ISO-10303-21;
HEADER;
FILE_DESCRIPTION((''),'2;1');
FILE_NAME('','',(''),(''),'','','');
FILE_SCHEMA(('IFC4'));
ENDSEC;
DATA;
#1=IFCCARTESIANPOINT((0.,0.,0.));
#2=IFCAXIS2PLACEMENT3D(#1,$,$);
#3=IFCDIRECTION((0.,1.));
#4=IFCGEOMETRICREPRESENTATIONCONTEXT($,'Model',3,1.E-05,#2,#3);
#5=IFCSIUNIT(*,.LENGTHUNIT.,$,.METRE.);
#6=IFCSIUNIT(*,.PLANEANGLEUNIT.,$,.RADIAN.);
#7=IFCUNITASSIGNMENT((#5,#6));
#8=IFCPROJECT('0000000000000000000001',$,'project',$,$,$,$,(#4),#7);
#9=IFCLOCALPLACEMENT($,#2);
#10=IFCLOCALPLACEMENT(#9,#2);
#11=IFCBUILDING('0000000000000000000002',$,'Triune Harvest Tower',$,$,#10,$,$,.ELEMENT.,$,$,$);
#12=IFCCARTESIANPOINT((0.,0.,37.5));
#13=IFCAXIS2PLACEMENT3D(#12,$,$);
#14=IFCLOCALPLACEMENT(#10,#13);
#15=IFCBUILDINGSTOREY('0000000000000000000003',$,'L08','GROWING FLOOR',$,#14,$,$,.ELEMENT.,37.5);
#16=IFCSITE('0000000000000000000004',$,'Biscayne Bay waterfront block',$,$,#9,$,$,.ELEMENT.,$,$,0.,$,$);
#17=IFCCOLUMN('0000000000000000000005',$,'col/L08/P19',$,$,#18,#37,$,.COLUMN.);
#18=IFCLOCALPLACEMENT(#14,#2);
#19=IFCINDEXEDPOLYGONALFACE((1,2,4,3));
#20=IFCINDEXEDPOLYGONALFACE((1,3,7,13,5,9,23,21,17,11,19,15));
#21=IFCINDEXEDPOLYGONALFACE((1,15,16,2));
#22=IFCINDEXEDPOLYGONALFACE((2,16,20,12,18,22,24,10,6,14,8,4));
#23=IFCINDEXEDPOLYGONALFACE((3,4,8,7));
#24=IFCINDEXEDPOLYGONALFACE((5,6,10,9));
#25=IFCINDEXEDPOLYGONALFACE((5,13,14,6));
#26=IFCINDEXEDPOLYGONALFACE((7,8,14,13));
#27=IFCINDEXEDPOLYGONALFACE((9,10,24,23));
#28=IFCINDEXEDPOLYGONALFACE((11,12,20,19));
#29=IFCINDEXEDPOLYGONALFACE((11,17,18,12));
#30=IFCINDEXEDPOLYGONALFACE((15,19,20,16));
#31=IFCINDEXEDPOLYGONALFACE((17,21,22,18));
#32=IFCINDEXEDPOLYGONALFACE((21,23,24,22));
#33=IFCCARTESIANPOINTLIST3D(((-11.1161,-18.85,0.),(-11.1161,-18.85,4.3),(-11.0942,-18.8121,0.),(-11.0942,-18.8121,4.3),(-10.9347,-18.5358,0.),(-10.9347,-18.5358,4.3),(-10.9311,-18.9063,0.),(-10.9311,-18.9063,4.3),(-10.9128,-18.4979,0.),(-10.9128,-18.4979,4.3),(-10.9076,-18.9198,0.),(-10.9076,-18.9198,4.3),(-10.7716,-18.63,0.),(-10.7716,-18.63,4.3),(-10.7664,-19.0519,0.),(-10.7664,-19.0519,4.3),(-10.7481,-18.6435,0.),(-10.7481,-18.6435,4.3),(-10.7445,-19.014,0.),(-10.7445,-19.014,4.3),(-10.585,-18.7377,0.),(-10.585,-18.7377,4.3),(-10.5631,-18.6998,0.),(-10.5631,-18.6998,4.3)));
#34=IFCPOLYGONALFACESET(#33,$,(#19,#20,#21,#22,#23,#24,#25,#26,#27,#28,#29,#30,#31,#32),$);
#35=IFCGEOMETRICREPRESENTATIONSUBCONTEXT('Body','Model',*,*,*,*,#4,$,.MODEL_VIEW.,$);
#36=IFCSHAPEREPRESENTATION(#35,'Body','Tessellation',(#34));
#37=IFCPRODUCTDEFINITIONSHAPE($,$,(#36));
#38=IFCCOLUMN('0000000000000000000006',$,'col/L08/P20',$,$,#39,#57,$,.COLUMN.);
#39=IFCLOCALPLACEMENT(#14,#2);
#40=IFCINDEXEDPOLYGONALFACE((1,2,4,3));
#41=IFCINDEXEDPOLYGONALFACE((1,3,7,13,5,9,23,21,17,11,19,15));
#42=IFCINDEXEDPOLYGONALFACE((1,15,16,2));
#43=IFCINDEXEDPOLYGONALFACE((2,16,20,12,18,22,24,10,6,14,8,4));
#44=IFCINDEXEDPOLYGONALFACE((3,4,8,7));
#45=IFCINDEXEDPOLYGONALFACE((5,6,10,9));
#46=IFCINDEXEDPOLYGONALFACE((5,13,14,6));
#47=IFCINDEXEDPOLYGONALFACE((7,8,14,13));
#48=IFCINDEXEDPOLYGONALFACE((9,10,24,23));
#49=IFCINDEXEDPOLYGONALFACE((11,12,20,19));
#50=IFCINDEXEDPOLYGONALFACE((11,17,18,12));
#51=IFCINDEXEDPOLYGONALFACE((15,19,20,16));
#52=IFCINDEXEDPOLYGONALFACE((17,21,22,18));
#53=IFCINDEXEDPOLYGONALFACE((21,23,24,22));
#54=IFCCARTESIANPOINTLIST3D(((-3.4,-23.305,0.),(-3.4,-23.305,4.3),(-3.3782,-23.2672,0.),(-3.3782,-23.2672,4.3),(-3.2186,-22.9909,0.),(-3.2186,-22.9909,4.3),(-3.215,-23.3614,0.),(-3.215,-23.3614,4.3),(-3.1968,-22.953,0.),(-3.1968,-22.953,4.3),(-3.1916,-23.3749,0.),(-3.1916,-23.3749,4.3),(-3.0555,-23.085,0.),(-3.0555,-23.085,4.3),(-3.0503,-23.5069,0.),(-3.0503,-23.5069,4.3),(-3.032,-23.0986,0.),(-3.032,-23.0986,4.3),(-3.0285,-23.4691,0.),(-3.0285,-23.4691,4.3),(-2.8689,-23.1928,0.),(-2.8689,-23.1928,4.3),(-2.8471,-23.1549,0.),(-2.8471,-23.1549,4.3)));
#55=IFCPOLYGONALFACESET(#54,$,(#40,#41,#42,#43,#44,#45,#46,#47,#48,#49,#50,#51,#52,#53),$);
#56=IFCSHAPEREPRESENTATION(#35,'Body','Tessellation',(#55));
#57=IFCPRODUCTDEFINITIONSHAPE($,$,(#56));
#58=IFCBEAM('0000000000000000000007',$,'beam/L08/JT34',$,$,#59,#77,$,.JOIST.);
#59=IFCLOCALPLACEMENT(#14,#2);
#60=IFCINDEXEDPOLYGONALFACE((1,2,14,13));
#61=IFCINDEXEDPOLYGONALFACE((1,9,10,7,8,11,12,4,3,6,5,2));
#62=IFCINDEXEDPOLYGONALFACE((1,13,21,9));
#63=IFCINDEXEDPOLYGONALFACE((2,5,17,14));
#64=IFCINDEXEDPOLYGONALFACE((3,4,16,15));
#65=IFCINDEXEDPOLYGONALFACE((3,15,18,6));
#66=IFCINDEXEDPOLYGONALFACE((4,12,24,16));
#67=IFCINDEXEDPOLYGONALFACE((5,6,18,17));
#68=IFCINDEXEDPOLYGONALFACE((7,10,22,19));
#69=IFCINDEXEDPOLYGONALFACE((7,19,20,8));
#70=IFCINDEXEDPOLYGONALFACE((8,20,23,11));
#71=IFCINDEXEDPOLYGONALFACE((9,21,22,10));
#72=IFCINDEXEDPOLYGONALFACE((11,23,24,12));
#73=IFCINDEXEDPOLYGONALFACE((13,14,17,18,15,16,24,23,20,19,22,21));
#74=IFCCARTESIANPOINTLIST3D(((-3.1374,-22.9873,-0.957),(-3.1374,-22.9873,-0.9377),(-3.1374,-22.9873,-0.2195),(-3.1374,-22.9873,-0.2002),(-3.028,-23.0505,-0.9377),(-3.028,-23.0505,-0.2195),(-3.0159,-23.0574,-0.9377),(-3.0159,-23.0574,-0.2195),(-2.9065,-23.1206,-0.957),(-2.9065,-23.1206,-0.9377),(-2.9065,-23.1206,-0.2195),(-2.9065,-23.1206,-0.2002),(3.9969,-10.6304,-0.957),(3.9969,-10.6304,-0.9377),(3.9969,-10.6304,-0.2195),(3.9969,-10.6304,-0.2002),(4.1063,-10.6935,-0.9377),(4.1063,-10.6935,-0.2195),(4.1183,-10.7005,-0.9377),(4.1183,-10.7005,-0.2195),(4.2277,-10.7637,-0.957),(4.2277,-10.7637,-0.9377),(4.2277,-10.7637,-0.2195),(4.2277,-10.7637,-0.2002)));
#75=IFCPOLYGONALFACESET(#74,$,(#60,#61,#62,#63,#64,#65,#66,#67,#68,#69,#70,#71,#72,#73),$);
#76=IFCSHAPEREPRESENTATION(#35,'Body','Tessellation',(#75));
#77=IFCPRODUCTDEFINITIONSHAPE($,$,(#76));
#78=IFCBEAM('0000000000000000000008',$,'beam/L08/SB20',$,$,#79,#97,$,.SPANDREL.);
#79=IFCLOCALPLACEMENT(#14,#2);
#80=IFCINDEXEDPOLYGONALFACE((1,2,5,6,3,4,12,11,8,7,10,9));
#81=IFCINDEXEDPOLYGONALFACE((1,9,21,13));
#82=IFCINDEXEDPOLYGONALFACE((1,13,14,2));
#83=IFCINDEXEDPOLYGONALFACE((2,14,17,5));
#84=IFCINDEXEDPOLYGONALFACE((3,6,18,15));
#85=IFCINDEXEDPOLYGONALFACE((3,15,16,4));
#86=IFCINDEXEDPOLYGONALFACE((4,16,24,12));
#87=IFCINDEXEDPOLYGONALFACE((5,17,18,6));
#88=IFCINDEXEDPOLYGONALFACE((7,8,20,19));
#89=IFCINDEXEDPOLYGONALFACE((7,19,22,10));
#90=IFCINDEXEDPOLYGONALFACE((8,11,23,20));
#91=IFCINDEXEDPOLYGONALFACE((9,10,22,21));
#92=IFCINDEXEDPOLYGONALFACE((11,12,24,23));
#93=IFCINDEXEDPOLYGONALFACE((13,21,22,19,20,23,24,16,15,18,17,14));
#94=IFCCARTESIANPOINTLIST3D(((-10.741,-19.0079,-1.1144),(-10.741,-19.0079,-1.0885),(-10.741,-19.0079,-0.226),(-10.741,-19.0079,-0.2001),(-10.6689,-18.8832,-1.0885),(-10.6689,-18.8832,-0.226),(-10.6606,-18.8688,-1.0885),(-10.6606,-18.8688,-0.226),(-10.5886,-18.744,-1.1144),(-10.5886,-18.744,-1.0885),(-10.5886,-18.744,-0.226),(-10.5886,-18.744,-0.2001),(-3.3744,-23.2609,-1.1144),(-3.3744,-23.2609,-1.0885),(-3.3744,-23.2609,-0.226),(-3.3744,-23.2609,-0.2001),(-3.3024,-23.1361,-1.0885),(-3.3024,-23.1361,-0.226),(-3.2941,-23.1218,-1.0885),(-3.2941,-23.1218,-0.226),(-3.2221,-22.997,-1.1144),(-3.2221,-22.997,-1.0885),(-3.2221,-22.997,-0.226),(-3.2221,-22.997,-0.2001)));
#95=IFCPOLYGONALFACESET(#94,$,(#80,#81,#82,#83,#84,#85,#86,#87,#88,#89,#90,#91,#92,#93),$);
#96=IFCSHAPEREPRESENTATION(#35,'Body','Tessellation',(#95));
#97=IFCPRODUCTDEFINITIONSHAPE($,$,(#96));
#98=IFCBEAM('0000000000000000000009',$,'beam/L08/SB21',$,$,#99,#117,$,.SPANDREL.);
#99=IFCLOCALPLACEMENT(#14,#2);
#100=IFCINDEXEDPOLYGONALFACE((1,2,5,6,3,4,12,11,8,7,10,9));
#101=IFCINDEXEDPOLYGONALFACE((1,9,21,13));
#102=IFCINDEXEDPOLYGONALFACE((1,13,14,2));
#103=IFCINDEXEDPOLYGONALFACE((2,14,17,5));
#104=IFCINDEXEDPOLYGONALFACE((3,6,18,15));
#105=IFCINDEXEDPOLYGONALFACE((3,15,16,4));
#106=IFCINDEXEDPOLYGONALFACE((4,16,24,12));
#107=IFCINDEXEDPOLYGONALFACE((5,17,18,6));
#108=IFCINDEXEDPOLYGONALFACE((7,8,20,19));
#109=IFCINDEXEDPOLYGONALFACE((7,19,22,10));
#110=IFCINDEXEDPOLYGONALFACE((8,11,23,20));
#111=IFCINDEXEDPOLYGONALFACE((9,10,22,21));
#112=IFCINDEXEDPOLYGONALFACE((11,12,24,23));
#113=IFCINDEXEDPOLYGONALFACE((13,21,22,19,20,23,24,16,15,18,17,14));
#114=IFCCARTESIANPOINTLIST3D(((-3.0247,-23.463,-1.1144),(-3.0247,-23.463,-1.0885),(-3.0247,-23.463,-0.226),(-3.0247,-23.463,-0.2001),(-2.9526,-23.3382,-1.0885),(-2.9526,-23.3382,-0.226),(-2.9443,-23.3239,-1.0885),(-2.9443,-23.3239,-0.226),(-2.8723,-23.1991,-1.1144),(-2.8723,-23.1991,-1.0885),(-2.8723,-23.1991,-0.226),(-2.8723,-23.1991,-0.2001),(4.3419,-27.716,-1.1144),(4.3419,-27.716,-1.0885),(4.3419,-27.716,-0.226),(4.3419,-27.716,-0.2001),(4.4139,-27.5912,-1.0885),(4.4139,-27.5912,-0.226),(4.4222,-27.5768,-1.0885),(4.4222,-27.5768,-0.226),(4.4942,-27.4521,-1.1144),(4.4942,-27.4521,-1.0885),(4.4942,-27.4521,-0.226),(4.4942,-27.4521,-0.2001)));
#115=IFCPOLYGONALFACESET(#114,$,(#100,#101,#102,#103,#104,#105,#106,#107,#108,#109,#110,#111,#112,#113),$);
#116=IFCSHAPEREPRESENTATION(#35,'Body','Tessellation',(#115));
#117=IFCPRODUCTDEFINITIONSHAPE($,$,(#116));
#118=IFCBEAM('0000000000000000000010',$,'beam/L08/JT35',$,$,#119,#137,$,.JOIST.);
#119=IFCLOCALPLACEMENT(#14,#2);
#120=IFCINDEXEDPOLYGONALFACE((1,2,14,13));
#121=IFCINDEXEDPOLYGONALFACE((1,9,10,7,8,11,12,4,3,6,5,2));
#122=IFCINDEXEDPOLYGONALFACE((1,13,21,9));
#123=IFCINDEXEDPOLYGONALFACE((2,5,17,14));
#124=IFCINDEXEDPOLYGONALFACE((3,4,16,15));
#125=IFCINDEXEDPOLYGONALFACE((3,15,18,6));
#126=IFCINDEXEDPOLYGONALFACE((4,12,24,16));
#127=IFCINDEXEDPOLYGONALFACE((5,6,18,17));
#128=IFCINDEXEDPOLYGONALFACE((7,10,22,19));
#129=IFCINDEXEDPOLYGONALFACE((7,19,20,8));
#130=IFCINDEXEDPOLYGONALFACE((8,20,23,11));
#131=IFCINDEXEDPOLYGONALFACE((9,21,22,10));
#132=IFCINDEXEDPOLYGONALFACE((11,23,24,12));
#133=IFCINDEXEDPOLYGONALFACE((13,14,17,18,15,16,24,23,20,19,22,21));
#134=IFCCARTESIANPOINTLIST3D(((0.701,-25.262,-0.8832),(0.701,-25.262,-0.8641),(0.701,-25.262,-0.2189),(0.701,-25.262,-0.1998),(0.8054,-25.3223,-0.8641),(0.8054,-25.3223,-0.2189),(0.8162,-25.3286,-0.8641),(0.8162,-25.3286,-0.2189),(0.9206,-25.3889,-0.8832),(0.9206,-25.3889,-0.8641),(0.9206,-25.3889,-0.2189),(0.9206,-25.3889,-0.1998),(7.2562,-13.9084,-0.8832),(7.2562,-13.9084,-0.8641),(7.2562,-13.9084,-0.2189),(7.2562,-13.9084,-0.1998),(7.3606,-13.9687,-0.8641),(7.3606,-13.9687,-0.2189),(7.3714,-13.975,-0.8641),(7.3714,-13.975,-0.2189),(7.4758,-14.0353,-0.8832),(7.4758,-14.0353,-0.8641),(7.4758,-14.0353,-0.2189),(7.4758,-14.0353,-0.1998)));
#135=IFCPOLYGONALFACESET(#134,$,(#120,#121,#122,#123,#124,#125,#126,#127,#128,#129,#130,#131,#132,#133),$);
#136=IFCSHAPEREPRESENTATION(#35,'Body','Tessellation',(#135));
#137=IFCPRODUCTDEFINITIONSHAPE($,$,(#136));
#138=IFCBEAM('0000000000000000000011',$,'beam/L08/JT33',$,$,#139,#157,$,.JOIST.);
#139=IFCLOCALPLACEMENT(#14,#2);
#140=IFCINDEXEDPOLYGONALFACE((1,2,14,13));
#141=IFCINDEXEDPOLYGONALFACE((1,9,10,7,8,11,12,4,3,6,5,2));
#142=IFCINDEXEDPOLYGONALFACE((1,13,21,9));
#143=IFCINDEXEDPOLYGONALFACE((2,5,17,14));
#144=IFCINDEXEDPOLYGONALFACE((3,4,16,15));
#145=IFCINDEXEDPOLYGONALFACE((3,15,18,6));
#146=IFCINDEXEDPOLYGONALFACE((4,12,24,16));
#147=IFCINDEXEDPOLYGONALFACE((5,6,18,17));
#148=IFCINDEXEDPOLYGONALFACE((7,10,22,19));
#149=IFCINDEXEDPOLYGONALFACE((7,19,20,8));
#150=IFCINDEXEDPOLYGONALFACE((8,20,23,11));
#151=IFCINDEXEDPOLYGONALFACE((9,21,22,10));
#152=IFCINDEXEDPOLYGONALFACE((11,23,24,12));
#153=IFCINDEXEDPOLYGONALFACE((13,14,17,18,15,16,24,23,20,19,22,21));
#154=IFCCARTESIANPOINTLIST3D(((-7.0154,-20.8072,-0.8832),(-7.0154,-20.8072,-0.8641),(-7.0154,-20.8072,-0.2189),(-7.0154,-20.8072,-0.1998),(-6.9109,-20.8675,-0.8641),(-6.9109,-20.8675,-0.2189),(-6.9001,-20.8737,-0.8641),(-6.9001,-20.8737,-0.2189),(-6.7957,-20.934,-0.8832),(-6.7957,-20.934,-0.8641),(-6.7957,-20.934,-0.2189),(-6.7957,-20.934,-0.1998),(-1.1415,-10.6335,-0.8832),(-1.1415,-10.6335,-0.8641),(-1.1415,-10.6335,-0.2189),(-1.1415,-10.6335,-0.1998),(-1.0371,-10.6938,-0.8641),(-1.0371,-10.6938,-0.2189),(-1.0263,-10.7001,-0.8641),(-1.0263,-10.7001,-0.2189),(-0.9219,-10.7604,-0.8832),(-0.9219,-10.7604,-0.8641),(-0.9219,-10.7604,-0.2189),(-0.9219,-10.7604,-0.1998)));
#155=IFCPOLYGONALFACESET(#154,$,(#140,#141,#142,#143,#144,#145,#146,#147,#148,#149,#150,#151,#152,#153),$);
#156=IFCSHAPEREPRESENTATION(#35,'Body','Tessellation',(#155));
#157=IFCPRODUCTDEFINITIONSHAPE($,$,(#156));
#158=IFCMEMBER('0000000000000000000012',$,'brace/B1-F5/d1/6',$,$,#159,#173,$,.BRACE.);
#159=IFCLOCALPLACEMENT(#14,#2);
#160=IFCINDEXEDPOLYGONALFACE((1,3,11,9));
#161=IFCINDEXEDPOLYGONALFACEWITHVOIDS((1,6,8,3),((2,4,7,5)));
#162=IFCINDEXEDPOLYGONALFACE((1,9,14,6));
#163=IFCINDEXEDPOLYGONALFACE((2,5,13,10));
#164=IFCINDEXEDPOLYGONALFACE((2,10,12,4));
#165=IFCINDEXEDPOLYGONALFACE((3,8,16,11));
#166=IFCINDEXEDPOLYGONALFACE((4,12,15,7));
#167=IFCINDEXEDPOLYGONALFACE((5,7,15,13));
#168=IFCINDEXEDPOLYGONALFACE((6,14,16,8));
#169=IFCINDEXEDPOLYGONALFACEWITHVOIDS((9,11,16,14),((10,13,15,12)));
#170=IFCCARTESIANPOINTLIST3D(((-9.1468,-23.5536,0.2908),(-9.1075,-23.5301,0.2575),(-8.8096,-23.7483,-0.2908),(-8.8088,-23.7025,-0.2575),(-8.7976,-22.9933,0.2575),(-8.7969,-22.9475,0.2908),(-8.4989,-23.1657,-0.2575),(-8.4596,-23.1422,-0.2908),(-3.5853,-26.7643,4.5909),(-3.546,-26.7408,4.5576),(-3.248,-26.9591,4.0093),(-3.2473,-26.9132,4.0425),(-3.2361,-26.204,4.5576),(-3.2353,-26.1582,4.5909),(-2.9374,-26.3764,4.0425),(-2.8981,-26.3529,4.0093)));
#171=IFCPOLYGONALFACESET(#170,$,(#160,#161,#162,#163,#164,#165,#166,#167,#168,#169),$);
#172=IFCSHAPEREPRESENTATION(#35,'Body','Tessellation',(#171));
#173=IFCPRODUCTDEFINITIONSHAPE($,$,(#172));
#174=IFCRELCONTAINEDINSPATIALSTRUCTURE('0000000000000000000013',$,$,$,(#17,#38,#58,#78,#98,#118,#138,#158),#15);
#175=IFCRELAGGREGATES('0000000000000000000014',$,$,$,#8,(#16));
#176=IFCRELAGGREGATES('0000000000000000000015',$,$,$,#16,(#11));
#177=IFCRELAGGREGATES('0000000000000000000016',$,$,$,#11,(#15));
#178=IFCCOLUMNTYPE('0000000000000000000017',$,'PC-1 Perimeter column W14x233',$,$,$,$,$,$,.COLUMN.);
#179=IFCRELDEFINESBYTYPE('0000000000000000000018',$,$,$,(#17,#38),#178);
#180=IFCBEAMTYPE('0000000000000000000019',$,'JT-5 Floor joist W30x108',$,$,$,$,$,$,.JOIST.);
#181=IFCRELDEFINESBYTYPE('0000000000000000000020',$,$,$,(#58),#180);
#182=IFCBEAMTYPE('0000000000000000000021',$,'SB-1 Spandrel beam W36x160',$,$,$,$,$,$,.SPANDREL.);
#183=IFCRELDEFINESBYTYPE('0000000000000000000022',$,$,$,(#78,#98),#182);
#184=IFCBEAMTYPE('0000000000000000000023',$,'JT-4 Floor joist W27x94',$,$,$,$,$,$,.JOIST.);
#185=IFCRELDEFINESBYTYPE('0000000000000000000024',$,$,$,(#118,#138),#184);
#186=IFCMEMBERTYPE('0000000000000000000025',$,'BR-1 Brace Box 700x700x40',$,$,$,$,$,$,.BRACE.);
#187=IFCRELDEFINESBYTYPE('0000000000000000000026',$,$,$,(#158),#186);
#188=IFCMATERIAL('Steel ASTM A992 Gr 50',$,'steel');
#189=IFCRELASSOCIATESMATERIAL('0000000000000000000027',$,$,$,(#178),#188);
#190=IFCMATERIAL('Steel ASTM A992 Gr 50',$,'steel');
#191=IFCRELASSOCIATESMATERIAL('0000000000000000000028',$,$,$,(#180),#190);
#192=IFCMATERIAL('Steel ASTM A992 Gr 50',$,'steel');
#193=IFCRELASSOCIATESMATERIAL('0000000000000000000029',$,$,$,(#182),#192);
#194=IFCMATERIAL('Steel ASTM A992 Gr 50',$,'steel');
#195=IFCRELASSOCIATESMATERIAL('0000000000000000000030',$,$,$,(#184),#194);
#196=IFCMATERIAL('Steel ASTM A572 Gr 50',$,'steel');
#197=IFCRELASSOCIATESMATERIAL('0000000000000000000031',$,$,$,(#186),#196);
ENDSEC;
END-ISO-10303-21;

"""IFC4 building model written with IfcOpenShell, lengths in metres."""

from ifc_helpers import new_model, si_unit, direction, frame, origin, origin_2d, place, context, subcontext, project, spatial, hollow_rectangle, i_section, extrude, source, transform, mapped, material, material_profile, profile_set, type_object, element, save


model = new_model("IFC4")

# Units and contexts
model_context = context("Model", 3, precision=1e-05, world=origin(), true_north=direction((0.0, 1.0)))
body_context = subcontext(model_context, "Body", "Model", "MODEL_VIEW")
ifc_project = project(units=[si_unit("LENGTHUNIT", "METRE"), si_unit("PLANEANGLEUNIT", "RADIAN")], contexts=[model_context])

# Site, building, storey
site_placement = place(None, origin())
site = spatial("IfcSite", under=ifc_project, at=site_placement, Name="Biscayne Bay waterfront block", CompositionType="ELEMENT", RefElevation=0.0)
building_placement = place(site_placement, origin())
building = spatial("IfcBuilding", under=site, at=building_placement, Name="Triune Harvest Tower", CompositionType="ELEMENT")
storey_placement = place(building_placement, frame((0.0, 0.0, 37.5)))
storey = spatial("IfcBuildingStorey", under=building, at=storey_placement, Name="L08", Description="GROWING FLOOR", CompositionType="ELEMENT", Elevation=37.5)

# Columns
ifc_material_1 = material(Name="Steel ASTM A992 Gr 50", Category="steel")
ifc_material_profile_1 = material_profile(ifc_material_1, i_section(OverallWidth=0.4038, OverallDepth=0.4065, WebThickness=0.0271, FlangeThickness=0.0437, at=origin_2d()), Name="W14x233")
ifc_profile_set_1 = profile_set([ifc_material_profile_1], Name="Steel ASTM A992 Gr 50")
column_type = type_object("IfcColumnType", Name="PC-1 Perimeter column W14x233", PredefinedType="COLUMN", material=ifc_profile_set_1)
shared_shape_1 = source(origin(), body_context, "Body", "SweptSolid", [
    extrude(i_section(OverallWidth=0.4038, OverallDepth=0.4065, WebThickness=0.0271, FlangeThickness=0.0437, at=origin_2d()), origin(), (0.0, 0.0, 1.0), 4.3),
])
for number, where, z_axis, x_axis, name in (
    (1, (-10.8396, -18.7749, 0.0), (0.0, 0.0, 1.0), (0.866025, -0.5, 0.0), "col/L08/P19"),
    (2, (-3.1235, -23.23, 0.0), (0.0, 0.0, 1.0), (0.866025, -0.5, 0.0), "col/L08/P20"),
):
    element("IfcColumn", number, at=place(storey_placement, frame(where, z_axis=z_axis, x_axis=x_axis)), inside=storey, type_object=column_type, Name=name, PredefinedType="COLUMN", context=body_context, shape_type="MappedRepresentation", body=[
        mapped(shared_shape_1, transform((0.0, 0.0, 0.0), scale=1.0)),
    ])

# Beams
ifc_material_2 = material(Name="Steel ASTM A992 Gr 50", Category="steel")
ifc_material_profile_2 = material_profile(ifc_material_2, i_section(OverallWidth=0.2666, OverallDepth=0.7568, WebThickness=0.0139, FlangeThickness=0.0193, at=origin_2d()), Name="W30x108")
ifc_profile_set_2 = profile_set([ifc_material_profile_2], Name="Steel ASTM A992 Gr 50")
beam_type_1 = type_object("IfcBeamType", Name="JT-5 Floor joist W30x108", PredefinedType="JOIST", material=ifc_profile_set_2)
shared_shape_2 = source(origin(), body_context, "Body", "SweptSolid", [
    extrude(i_section(OverallWidth=0.2666, OverallDepth=0.7568, WebThickness=0.0139, FlangeThickness=0.0193, at=origin_2d()), origin(), (0.0, 0.0, 1.0), 14.2686),
])
beam_1_placement = place(storey_placement, frame((-3.022, -23.054, -0.5786), z_axis=(0.5, 0.866025, 0.0), x_axis=(-0.866025, 0.5, 0.0)))
element("IfcBeam", 3, at=beam_1_placement, inside=storey, type_object=beam_type_1, Name="beam/L08/JT34", PredefinedType="JOIST", context=body_context, shape_type="MappedRepresentation", body=[
    mapped(shared_shape_2, transform((0.0, 0.0, 0.0), scale=1.0)),
])
ifc_material_3 = material(Name="Steel ASTM A992 Gr 50", Category="steel")
ifc_material_profile_3 = material_profile(ifc_material_3, i_section(OverallWidth=0.3047, OverallDepth=0.9143, WebThickness=0.0166, FlangeThickness=0.0259, at=origin_2d()), Name="W36x160")
ifc_profile_set_3 = profile_set([ifc_material_profile_3], Name="Steel ASTM A992 Gr 50")
beam_type_2 = type_object("IfcBeamType", Name="SB-1 Spandrel beam W36x160", PredefinedType="SPANDREL", material=ifc_profile_set_3)
shared_shape_3 = source(origin(), body_context, "Body", "SweptSolid", [
    extrude(i_section(OverallWidth=0.3047, OverallDepth=0.9143, WebThickness=0.0166, FlangeThickness=0.0259, at=origin_2d()), origin(), (0.0, 0.0, 1.0), 8.5061),
])
for number, where, z_axis, x_axis, name in (
    (4, (-10.6648, -18.876, -0.6572), (0.86603, -0.499992, 0.0), (0.499992, 0.86603, 0.0), "beam/L08/SB20"),
    (5, (-2.9485, -23.3311, -0.6572), (0.86603, -0.499992, 0.0), (0.499992, 0.86603, 0.0), "beam/L08/SB21"),
):
    element("IfcBeam", number, at=place(storey_placement, frame(where, z_axis=z_axis, x_axis=x_axis)), inside=storey, type_object=beam_type_2, Name=name, PredefinedType="SPANDREL", context=body_context, shape_type="MappedRepresentation", body=[
        mapped(shared_shape_3, transform((0.0, 0.0, 0.0), scale=1.0)),
    ])
ifc_material_4 = material(Name="Steel ASTM A992 Gr 50", Category="steel")
ifc_material_profile_4 = material_profile(ifc_material_4, i_section(OverallWidth=0.2537, OverallDepth=0.6833, WebThickness=0.0125, FlangeThickness=0.019, at=origin_2d()), Name="W27x94")
ifc_profile_set_4 = profile_set([ifc_material_profile_4], Name="Steel ASTM A992 Gr 50")
beam_type_3 = type_object("IfcBeamType", Name="JT-4 Floor joist W27x94", PredefinedType="JOIST", material=ifc_profile_set_4)
shared_shape_4 = source(origin(), body_context, "Body", "SweptSolid", [
    extrude(i_section(OverallWidth=0.2537, OverallDepth=0.6833, WebThickness=0.0125, FlangeThickness=0.019, at=origin_2d()), origin(), (0.0, 0.0, 1.0), 13.1101),
])
beam_2_placement = place(storey_placement, frame((0.8108, -25.3254, -0.5415), z_axis=(0.500013, 0.866018, 0.0), x_axis=(-0.866018, 0.500013, 0.0)))
element("IfcBeam", 6, at=beam_2_placement, inside=storey, type_object=beam_type_3, Name="beam/L08/JT35", PredefinedType="JOIST", context=body_context, shape_type="MappedRepresentation", body=[
    mapped(shared_shape_4, transform((0.0, 0.0, 0.0), scale=1.0)),
])
shared_shape_5 = source(origin(), body_context, "Body", "SweptSolid", [
    extrude(i_section(OverallWidth=0.2537, OverallDepth=0.6833, WebThickness=0.0125, FlangeThickness=0.019, at=origin_2d()), origin(), (0.0, 0.0, 1.0), 11.7476),
])
beam_3_placement = place(storey_placement, frame((-6.9055, -20.8706, -0.5415), z_axis=(0.500004, 0.866023, 0.0), x_axis=(-0.866023, 0.500004, 0.0)))
element("IfcBeam", 7, at=beam_3_placement, inside=storey, type_object=beam_type_3, Name="beam/L08/JT33", PredefinedType="JOIST", context=body_context, shape_type="MappedRepresentation", body=[
    mapped(shared_shape_5, transform((0.0, 0.0, 0.0), scale=1.0)),
])

# Member
ifc_material_5 = material(Name="Steel ASTM A572 Gr 50", Category="steel")
ifc_material_profile_5 = material_profile(ifc_material_5, hollow_rectangle(XDim=0.7, YDim=0.7, WallThickness=0.04, at=origin_2d()), Name="Box 700x700x40")
ifc_profile_set_5 = profile_set([ifc_material_profile_5], Name="Steel ASTM A572 Gr 50")
member_type_1 = type_object("IfcMemberType", Name="BR-1 Brace Box 700x700x40", PredefinedType="BRACE", material=ifc_profile_set_5)
shared_shape_6 = source(origin(), body_context, "Body", "SweptSolid", [
    extrude(hollow_rectangle(XDim=0.7, YDim=0.7, WallThickness=0.04, at=origin_2d()), origin(), (0.0, 0.0, 1.0), 7.7285),
])
member_1_placement = place(storey_placement, frame((-8.8032, -23.3479, 0.0), z_axis=(0.719613, -0.415436, 0.556389), x_axis=(0.49997, 0.866043, 0.0)))
element("IfcMember", 8, at=member_1_placement, inside=storey, type_object=member_type_1, Name="brace/B1-F5/d1/6", PredefinedType="BRACE", context=body_context, shape_type="MappedRepresentation", body=[
    mapped(shared_shape_6, transform((0.0, 0.0, 0.0), scale=1.0)),
])

save(model, "model.ifc")
